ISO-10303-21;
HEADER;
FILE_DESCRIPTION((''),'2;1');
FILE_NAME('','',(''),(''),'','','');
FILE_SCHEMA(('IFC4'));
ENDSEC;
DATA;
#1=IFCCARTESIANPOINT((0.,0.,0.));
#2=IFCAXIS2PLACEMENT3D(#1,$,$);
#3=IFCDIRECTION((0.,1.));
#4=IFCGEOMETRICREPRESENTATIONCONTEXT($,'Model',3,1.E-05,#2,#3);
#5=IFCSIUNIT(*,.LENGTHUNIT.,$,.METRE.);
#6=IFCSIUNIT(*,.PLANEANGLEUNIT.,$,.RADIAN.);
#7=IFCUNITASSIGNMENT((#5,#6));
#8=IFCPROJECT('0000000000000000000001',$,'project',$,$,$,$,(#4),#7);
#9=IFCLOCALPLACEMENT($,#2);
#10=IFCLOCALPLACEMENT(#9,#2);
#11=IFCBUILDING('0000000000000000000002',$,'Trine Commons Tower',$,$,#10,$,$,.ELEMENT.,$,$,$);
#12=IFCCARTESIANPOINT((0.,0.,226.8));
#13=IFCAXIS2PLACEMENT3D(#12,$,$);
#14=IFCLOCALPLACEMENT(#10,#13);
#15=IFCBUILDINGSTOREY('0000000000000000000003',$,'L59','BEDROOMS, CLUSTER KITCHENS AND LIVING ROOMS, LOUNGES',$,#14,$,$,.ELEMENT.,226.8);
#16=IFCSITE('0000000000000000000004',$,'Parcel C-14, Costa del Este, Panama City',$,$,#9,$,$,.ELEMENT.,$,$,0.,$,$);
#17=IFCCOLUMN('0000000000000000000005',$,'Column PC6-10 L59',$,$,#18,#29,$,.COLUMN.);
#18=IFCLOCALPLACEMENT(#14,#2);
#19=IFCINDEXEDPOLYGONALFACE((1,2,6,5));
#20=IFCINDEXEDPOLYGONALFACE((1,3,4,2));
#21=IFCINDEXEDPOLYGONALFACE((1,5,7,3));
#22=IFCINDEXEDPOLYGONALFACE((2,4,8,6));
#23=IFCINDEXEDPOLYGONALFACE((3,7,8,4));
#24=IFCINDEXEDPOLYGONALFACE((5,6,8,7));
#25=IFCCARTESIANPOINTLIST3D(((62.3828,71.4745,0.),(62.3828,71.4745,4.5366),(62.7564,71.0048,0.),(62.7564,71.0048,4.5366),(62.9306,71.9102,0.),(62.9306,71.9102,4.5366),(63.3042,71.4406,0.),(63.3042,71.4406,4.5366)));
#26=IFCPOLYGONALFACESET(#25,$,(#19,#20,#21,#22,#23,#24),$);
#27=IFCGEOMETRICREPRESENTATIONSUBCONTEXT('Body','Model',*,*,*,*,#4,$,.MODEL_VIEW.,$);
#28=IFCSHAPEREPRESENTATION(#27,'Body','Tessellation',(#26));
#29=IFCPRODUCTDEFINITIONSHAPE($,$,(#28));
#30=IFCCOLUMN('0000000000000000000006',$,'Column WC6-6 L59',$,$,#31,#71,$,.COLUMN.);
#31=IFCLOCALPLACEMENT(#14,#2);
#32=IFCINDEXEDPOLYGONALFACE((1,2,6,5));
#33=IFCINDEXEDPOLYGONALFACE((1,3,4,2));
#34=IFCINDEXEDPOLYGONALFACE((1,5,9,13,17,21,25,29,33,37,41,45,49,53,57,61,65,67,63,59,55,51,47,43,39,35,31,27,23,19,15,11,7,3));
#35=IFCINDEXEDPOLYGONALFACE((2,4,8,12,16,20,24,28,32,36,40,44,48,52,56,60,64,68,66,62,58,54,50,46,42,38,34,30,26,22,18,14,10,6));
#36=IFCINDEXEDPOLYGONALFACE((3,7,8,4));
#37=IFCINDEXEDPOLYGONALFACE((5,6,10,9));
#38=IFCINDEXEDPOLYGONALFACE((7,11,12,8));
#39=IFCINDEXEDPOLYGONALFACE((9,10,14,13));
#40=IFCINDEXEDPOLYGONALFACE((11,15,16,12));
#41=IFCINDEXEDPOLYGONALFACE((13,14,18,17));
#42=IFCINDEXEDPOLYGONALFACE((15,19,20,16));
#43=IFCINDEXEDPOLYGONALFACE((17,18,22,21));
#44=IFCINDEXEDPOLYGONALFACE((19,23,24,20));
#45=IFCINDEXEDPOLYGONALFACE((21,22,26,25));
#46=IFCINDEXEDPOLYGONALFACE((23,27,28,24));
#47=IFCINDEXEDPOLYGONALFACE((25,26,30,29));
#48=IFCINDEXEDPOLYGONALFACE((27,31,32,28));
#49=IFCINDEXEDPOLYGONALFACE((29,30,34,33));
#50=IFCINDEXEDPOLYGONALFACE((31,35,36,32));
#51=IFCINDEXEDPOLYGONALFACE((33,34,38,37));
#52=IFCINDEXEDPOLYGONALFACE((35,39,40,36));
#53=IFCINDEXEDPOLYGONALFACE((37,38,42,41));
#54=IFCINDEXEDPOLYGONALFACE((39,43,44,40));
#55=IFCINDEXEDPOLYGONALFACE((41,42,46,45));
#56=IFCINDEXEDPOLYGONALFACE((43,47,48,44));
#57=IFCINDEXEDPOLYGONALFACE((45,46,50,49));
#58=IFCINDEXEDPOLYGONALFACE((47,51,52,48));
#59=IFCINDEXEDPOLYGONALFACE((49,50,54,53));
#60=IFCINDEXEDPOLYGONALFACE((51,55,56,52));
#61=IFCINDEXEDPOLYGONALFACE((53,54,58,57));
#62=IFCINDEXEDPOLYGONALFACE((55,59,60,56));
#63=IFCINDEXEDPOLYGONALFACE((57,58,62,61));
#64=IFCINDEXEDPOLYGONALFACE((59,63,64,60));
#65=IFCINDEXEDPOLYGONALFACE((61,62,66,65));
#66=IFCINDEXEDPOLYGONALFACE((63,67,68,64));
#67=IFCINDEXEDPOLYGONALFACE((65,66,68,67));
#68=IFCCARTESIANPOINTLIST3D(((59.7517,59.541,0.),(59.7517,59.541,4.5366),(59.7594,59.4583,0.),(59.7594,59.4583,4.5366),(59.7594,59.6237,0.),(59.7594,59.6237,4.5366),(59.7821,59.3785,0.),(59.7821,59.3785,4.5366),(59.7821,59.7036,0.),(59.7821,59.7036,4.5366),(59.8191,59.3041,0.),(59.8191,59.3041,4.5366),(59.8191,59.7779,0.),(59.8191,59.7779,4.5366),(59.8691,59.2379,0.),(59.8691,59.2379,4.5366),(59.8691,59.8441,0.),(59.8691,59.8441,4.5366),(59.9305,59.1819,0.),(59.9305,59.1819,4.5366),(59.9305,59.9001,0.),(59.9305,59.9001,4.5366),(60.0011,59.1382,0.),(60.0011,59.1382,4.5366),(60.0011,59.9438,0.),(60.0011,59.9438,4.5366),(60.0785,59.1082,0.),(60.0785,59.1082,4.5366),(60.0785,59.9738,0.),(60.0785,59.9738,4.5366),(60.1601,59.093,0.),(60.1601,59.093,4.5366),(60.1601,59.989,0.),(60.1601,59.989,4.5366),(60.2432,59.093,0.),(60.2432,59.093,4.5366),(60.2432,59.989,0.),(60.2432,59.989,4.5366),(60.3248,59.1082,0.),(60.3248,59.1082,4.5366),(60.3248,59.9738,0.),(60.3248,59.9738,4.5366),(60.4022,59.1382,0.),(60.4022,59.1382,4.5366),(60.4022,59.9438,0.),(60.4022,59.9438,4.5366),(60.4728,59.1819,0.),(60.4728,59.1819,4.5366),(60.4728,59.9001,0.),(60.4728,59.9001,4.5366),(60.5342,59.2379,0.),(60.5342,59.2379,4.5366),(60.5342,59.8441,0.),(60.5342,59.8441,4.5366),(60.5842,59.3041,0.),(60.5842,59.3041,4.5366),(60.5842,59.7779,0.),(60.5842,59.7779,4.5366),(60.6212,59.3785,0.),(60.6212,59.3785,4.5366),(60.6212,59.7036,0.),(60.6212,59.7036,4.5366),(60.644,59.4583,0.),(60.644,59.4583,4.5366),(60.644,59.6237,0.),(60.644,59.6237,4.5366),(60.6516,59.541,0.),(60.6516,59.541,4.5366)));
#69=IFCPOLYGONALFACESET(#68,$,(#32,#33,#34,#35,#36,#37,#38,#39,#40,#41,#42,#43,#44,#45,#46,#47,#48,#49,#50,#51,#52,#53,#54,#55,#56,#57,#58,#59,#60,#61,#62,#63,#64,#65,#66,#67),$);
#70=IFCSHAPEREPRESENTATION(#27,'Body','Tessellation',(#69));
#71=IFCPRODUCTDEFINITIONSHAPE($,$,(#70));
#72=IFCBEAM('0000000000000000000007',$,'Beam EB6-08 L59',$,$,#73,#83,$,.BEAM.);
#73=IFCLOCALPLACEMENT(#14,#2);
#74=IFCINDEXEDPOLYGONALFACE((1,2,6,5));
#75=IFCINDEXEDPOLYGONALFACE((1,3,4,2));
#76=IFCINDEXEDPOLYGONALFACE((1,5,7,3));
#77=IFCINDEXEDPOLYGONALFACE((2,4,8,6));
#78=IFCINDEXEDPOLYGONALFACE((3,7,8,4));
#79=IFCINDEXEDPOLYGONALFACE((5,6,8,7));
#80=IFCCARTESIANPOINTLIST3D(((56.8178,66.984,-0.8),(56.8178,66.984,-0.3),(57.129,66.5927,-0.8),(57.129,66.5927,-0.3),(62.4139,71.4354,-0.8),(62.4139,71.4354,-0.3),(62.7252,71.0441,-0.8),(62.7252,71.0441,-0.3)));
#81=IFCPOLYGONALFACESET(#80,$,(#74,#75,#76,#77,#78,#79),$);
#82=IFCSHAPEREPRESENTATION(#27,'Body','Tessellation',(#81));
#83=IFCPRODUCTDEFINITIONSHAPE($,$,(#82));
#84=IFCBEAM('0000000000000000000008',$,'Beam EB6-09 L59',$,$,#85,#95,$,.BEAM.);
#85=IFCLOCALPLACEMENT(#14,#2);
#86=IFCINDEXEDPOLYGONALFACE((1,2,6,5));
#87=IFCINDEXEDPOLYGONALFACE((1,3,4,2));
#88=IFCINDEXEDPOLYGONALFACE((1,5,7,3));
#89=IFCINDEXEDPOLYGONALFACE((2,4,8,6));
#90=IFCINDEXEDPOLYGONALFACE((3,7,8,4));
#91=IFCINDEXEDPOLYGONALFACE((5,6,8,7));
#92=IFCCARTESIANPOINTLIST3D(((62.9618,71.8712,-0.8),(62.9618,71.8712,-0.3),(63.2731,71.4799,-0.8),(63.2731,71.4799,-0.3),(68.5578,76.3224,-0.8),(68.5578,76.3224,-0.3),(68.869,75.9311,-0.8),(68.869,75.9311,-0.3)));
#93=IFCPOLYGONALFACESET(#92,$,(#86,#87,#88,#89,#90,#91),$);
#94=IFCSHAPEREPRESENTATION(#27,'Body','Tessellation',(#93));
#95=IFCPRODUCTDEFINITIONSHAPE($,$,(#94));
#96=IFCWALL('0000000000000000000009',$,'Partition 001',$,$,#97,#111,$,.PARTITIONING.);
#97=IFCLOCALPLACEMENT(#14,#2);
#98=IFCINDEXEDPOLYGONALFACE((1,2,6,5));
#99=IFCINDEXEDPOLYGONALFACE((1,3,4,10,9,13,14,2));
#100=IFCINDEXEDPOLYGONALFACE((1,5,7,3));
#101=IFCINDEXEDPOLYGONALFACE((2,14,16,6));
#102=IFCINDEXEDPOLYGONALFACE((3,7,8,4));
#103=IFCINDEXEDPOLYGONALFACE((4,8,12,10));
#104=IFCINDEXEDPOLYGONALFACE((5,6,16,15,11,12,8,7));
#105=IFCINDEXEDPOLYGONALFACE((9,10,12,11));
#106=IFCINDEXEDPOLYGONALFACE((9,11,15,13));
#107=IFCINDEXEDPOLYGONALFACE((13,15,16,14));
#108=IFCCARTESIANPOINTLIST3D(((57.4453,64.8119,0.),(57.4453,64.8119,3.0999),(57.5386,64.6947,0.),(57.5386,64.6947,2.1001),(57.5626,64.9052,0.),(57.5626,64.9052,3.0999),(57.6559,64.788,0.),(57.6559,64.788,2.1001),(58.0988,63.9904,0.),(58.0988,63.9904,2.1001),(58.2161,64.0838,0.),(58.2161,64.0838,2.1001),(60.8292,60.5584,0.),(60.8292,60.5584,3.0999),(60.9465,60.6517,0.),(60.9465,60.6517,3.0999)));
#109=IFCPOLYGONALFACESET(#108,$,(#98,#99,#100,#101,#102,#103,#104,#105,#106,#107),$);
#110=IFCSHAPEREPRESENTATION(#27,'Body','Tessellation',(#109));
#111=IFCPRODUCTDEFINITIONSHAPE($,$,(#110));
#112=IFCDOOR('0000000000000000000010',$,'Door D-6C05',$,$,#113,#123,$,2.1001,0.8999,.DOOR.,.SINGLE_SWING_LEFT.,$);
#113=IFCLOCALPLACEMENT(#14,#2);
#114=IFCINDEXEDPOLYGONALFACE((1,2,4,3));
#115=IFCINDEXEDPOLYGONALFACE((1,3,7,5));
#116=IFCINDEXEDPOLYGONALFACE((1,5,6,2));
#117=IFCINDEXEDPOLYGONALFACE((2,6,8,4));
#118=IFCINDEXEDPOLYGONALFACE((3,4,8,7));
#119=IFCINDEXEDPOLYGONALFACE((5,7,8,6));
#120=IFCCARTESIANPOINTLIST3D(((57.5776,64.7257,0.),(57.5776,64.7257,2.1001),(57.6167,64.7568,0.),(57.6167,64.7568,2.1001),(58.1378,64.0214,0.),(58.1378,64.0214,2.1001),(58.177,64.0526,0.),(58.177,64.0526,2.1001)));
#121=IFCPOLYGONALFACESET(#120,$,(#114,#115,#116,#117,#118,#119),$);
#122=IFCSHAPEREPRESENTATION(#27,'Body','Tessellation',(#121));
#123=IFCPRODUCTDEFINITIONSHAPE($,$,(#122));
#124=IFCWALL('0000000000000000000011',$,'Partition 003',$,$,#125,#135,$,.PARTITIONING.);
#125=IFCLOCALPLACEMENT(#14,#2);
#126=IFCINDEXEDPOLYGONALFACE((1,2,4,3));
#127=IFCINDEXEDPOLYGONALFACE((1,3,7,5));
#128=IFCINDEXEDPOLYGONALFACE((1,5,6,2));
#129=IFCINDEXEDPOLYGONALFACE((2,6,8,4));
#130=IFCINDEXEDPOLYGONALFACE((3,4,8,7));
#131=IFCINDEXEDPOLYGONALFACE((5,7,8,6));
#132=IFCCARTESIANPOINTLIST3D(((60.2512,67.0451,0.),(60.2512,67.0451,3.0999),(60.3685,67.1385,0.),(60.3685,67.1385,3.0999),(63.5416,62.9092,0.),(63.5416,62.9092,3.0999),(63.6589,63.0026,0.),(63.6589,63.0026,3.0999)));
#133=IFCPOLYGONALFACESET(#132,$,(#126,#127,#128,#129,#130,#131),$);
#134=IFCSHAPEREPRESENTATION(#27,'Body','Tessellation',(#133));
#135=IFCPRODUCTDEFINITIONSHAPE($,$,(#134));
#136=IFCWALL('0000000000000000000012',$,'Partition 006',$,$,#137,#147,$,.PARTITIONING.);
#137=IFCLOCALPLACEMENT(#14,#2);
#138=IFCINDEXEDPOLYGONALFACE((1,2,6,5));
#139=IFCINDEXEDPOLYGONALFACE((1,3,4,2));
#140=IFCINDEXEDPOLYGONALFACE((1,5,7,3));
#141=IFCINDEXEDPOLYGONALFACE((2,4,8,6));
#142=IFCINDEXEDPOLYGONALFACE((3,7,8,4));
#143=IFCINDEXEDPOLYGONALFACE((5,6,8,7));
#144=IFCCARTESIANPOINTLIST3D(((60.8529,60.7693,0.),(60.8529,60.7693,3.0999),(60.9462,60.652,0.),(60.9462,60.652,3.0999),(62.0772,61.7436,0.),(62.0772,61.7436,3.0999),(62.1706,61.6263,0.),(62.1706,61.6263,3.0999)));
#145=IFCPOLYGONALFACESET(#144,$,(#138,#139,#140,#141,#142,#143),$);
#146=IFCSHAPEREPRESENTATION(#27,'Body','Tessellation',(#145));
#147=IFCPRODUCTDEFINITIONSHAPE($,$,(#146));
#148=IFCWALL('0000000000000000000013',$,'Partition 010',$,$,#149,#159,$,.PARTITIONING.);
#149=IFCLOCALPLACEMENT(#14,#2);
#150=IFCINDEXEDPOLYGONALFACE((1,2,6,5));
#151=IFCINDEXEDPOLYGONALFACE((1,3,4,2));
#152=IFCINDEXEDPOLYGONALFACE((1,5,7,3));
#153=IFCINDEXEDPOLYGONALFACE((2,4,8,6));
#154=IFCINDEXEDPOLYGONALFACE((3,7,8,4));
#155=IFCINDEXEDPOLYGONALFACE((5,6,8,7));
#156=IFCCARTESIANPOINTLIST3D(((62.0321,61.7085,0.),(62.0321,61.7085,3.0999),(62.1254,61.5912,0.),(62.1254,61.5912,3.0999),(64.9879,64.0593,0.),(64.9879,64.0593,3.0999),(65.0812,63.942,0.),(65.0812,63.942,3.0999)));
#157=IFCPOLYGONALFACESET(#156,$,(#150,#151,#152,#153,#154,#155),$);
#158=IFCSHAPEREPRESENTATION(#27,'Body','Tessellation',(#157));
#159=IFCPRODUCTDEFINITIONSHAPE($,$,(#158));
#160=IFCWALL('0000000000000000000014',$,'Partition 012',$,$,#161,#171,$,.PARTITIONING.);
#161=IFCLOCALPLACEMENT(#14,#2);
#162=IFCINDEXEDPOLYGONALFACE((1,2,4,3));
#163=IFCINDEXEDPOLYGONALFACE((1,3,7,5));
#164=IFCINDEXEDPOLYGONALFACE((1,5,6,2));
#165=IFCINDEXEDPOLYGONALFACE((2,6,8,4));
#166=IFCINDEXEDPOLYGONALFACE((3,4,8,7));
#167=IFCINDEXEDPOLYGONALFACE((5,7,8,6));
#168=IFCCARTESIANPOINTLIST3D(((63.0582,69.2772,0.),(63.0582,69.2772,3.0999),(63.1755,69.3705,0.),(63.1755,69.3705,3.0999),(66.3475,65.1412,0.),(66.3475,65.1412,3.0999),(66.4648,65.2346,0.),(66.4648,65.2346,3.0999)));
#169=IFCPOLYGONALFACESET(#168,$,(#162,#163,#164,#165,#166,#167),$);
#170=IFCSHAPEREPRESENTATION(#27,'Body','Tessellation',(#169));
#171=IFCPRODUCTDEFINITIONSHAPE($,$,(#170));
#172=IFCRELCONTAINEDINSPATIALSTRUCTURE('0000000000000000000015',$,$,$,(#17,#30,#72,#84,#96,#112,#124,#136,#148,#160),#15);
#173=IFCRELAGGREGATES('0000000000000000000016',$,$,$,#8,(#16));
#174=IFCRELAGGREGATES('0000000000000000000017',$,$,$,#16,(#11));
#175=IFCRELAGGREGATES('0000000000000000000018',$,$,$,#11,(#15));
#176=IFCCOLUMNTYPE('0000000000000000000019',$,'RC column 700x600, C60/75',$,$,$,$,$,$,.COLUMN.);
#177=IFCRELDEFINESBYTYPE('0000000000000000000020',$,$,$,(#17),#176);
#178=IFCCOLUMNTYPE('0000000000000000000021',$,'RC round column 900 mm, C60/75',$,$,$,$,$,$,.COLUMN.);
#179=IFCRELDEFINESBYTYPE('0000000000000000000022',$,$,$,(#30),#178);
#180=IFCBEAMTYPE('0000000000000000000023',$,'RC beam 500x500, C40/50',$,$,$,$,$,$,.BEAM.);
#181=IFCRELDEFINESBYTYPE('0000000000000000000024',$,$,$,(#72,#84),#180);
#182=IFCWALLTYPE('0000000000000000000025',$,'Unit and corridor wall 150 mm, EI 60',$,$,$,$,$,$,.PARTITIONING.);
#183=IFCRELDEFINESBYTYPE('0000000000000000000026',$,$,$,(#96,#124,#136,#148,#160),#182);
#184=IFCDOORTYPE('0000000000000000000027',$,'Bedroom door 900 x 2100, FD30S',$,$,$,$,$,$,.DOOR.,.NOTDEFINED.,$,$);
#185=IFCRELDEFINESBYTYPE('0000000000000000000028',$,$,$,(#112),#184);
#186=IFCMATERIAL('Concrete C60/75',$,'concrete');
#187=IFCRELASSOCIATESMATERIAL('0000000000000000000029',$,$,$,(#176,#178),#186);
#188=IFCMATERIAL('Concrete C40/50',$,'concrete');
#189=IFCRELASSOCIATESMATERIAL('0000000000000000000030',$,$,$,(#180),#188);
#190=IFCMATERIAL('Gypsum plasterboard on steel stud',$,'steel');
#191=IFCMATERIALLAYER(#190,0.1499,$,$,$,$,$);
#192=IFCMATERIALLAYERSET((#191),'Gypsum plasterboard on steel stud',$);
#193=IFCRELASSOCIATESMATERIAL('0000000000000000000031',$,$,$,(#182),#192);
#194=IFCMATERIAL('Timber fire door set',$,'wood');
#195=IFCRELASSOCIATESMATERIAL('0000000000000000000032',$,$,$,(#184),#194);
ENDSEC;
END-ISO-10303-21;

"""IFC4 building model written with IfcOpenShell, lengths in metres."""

from ifc_helpers import new_model, si_unit, direction, frame, frame_2d, origin, origin_2d, place, context, subcontext, project, spatial, rectangle, circle, extrude, material, layer, layer_set, material_profile, profile_set, type_object, element, fill, save


model = new_model("IFC4")

# Units and contexts
model_context = context("Model", 3, precision=1e-05, world=origin(), true_north=direction((0.0, 1.0)))
body_context = subcontext(model_context, "Body", "Model", "MODEL_VIEW")
ifc_project = project(units=[si_unit("LENGTHUNIT", "METRE"), si_unit("PLANEANGLEUNIT", "RADIAN")], contexts=[model_context])

# Site, building, storey
site_placement = place(None, origin())
site = spatial("IfcSite", under=ifc_project, at=site_placement, Name="Parcel C-14, Costa del Este, Panama City", CompositionType="ELEMENT", RefElevation=0.0)
building_placement = place(site_placement, origin())
building = spatial("IfcBuilding", under=site, at=building_placement, Name="Trine Commons Tower", CompositionType="ELEMENT")
storey_placement = place(building_placement, frame((0.0, 0.0, 226.8)))
storey = spatial("IfcBuildingStorey", under=building, at=storey_placement, Name="L59", Description="BEDROOMS, CLUSTER KITCHENS AND LIVING ROOMS, LOUNGES", CompositionType="ELEMENT", Elevation=226.8)

# Columns
ifc_material_1 = material(Name="Concrete C60/75", Category="concrete")
ifc_material_profile_1 = material_profile(ifc_material_1, rectangle(XDim=0.7, YDim=0.6001, at=origin_2d()), Name="RC 700x600")
ifc_profile_set_1 = profile_set([ifc_material_profile_1], Name="Concrete C60/75")
column_type_1 = type_object("IfcColumnType", Name="RC column 700x600, C60/75", PredefinedType="COLUMN", material=ifc_profile_set_1)
column_1_placement = place(storey_placement, frame((62.8435, 71.4575, 0.0), z_axis=(0.0, 0.0, 1.0), x_axis=(0.782608, 0.622515, 0.0)))
element("IfcColumn", 1, at=column_1_placement, inside=storey, type_object=column_type_1, Name="Column PC6-10 L59", PredefinedType="COLUMN", context=body_context, shape_type="SweptSolid", body=[
    extrude(rectangle(XDim=0.7, YDim=0.6001, at=origin_2d()), origin(), (0.0, 0.0, 1.0), 4.5366),
])
ifc_material_profile_2 = material_profile(ifc_material_1, circle(Radius=0.45, at=origin_2d()), Name="RC round 900")
ifc_profile_set_2 = profile_set([ifc_material_profile_2], Name="Concrete C60/75")
column_type_2 = type_object("IfcColumnType", Name="RC round column 900 mm, C60/75", PredefinedType="COLUMN", material=ifc_profile_set_2)
column_2_placement = place(storey_placement, frame((60.2017, 59.541, 0.0), z_axis=(0.0, 0.0, 1.0), x_axis=(1.0, 0.0, 0.0)))
element("IfcColumn", 2, at=column_2_placement, inside=storey, type_object=column_type_2, Name="Column WC6-6 L59", PredefinedType="COLUMN", context=body_context, shape_type="SweptSolid", body=[
    extrude(circle(Radius=0.45, at=origin_2d()), origin(), (0.0, 0.0, 1.0), 4.5366),
])

# Beams
ifc_material_2 = material(Name="Concrete C40/50", Category="concrete")
ifc_material_profile_3 = material_profile(ifc_material_2, rectangle(XDim=0.5, YDim=0.5, at=origin_2d()), Name="RC 500x500")
ifc_profile_set_3 = profile_set([ifc_material_profile_3], Name="Concrete C40/50")
beam_type = type_object("IfcBeamType", Name="RC beam 500x500, C40/50", PredefinedType="BEAM", material=ifc_profile_set_3)
beam_1_placement = place(storey_placement, frame((56.9734, 66.7883, -0.55), z_axis=(0.782608, 0.622515, 0.0), x_axis=(-0.622515, 0.782608, 0.0)))
element("IfcBeam", 3, at=beam_1_placement, inside=storey, type_object=beam_type, Name="Beam EB6-08 L59", PredefinedType="BEAM", context=body_context, shape_type="SweptSolid", body=[
    extrude(rectangle(XDim=0.5, YDim=0.5, at=origin_2d()), origin(), (0.0, 0.0, 1.0), 7.1506),
])
beam_2_placement = place(storey_placement, frame((63.1174, 71.6755, -0.55), z_axis=(0.782611, 0.622511, 0.0), x_axis=(-0.622511, 0.782611, 0.0)))
element("IfcBeam", 4, at=beam_2_placement, inside=storey, type_object=beam_type, Name="Beam EB6-09 L59", PredefinedType="BEAM", context=body_context, shape_type="SweptSolid", body=[
    extrude(rectangle(XDim=0.5, YDim=0.5, at=origin_2d()), origin(), (0.0, 0.0, 1.0), 7.1504),
])

# Wall, opening, door
ifc_material_3 = material(Name="Gypsum plasterboard on steel stud", Category="steel")
ifc_layer_1 = layer(ifc_material_3, 0.1499)
ifc_layer_set_1 = layer_set([ifc_layer_1], Name="Gypsum plasterboard on steel stud")
wall_type_1 = type_object("IfcWallType", Name="Unit and corridor wall 150 mm, EI 60", PredefinedType="PARTITIONING", material=ifc_layer_set_1)
wall_1_placement = place(storey_placement, frame((57.5039, 64.8586, 0.0), z_axis=(0.0, 0.0, 1.0), x_axis=(0.622567, -0.782566, 0.0)))
wall_1 = element("IfcWall", 5, at=wall_1_placement, inside=storey, type_object=wall_type_1, Name="Partition 001", PredefinedType="PARTITIONING", context=body_context, shape_type="SweptSolid", body=[
    extrude(rectangle(XDim=5.4353, YDim=0.1499, at=frame_2d((2.7178, 0.0))), origin(), (0.0, 0.0, 1.0), 3.0999),
])
opening_1_placement = place(wall_1_placement, frame((0.1499, 0.0, 0.0)))
opening_1 = element("IfcOpeningElement", 6, at=opening_1_placement, cuts=wall_1, PredefinedType="OPENING", context=body_context, shape_type="SweptSolid", body=[
    extrude(rectangle(XDim=0.8999, YDim=2.1001, at=frame_2d((0.45, 1.05))), frame((0.0, 0.085, 0.0), z_axis=(0.0, -1.0, 0.0), x_axis=(1.0, 0.0, 0.0)), (0.0, 0.0, 1.0), 0.1699),
])
ifc_material_4 = material(Name="Timber fire door set", Category="wood")
door_type_1 = type_object("IfcDoorType", Name="Bedroom door 900 x 2100, FD30S", OperationType="NOTDEFINED", PredefinedType="DOOR", material=ifc_material_4)
door_1_placement = place(opening_1_placement, origin())
door_1 = element("IfcDoor", 7, at=door_1_placement, inside=storey, type_object=door_type_1, Name="Door D-6C05", OperationType="SINGLE_SWING_LEFT", OverallHeight=2.1001, OverallWidth=0.8999, PredefinedType="DOOR", context=body_context, shape_type="SweptSolid", body=[
    extrude(rectangle(XDim=0.8999, YDim=2.1001, at=frame_2d((0.45, 1.05))), frame((0.0, 0.0249, 0.0), z_axis=(0.0, -1.0, 0.0), x_axis=(1.0, 0.0, 0.0)), (0.0, 0.0, 1.0), 0.05),
])
fill(opening_1, door_1)

# Walls
wall_2_placement = place(storey_placement, frame((60.3098, 67.0918, 0.0), z_axis=(0.0, 0.0, 1.0), x_axis=(0.622586, -0.782551, 0.0)))
element("IfcWall", 8, at=wall_2_placement, inside=storey, type_object=wall_type_1, Name="Partition 003", PredefinedType="PARTITIONING", context=body_context, shape_type="SweptSolid", body=[
    extrude(rectangle(XDim=5.2852, YDim=0.1499, at=frame_2d((2.6426, 0.0))), origin(), (0.0, 0.0, 1.0), 3.0999),
])
wall_3_placement = place(storey_placement, frame((60.8997, 60.7107, 0.0), z_axis=(0.0, 0.0, 1.0), x_axis=(0.782465, 0.622695, 0.0)))
element("IfcWall", 9, at=wall_3_placement, inside=storey, type_object=wall_type_1, Name="Partition 006", PredefinedType="PARTITIONING", context=body_context, shape_type="SweptSolid", body=[
    extrude(rectangle(XDim=1.5647, YDim=0.1499, at=frame_2d((0.7822, 0.0))), origin(), (0.0, 0.0, 1.0), 3.0999),
])
wall_4_placement = place(storey_placement, frame((62.0789, 61.6499, 0.0), z_axis=(0.0, 0.0, 1.0), x_axis=(0.78265, 0.622461, 0.0)))
element("IfcWall", 10, at=wall_4_placement, inside=storey, type_object=wall_type_1, Name="Partition 010", PredefinedType="PARTITIONING", context=body_context, shape_type="SweptSolid", body=[
    extrude(rectangle(XDim=3.7766, YDim=0.1499, at=frame_2d((1.8882, 0.0))), origin(), (0.0, 0.0, 1.0), 3.0999),
])
wall_5_placement = place(storey_placement, frame((63.1169, 69.3237, 0.0), z_axis=(0.0, 0.0, 1.0), x_axis=(0.622444, -0.782664, 0.0)))
element("IfcWall", 11, at=wall_5_placement, inside=storey, type_object=wall_type_1, Name="Partition 012", PredefinedType="PARTITIONING", context=body_context, shape_type="SweptSolid", body=[
    extrude(rectangle(XDim=5.2844, YDim=0.1499, at=frame_2d((2.6421, 0.0))), origin(), (0.0, 0.0, 1.0), 3.0999),
])

save(model, "model.ifc")
